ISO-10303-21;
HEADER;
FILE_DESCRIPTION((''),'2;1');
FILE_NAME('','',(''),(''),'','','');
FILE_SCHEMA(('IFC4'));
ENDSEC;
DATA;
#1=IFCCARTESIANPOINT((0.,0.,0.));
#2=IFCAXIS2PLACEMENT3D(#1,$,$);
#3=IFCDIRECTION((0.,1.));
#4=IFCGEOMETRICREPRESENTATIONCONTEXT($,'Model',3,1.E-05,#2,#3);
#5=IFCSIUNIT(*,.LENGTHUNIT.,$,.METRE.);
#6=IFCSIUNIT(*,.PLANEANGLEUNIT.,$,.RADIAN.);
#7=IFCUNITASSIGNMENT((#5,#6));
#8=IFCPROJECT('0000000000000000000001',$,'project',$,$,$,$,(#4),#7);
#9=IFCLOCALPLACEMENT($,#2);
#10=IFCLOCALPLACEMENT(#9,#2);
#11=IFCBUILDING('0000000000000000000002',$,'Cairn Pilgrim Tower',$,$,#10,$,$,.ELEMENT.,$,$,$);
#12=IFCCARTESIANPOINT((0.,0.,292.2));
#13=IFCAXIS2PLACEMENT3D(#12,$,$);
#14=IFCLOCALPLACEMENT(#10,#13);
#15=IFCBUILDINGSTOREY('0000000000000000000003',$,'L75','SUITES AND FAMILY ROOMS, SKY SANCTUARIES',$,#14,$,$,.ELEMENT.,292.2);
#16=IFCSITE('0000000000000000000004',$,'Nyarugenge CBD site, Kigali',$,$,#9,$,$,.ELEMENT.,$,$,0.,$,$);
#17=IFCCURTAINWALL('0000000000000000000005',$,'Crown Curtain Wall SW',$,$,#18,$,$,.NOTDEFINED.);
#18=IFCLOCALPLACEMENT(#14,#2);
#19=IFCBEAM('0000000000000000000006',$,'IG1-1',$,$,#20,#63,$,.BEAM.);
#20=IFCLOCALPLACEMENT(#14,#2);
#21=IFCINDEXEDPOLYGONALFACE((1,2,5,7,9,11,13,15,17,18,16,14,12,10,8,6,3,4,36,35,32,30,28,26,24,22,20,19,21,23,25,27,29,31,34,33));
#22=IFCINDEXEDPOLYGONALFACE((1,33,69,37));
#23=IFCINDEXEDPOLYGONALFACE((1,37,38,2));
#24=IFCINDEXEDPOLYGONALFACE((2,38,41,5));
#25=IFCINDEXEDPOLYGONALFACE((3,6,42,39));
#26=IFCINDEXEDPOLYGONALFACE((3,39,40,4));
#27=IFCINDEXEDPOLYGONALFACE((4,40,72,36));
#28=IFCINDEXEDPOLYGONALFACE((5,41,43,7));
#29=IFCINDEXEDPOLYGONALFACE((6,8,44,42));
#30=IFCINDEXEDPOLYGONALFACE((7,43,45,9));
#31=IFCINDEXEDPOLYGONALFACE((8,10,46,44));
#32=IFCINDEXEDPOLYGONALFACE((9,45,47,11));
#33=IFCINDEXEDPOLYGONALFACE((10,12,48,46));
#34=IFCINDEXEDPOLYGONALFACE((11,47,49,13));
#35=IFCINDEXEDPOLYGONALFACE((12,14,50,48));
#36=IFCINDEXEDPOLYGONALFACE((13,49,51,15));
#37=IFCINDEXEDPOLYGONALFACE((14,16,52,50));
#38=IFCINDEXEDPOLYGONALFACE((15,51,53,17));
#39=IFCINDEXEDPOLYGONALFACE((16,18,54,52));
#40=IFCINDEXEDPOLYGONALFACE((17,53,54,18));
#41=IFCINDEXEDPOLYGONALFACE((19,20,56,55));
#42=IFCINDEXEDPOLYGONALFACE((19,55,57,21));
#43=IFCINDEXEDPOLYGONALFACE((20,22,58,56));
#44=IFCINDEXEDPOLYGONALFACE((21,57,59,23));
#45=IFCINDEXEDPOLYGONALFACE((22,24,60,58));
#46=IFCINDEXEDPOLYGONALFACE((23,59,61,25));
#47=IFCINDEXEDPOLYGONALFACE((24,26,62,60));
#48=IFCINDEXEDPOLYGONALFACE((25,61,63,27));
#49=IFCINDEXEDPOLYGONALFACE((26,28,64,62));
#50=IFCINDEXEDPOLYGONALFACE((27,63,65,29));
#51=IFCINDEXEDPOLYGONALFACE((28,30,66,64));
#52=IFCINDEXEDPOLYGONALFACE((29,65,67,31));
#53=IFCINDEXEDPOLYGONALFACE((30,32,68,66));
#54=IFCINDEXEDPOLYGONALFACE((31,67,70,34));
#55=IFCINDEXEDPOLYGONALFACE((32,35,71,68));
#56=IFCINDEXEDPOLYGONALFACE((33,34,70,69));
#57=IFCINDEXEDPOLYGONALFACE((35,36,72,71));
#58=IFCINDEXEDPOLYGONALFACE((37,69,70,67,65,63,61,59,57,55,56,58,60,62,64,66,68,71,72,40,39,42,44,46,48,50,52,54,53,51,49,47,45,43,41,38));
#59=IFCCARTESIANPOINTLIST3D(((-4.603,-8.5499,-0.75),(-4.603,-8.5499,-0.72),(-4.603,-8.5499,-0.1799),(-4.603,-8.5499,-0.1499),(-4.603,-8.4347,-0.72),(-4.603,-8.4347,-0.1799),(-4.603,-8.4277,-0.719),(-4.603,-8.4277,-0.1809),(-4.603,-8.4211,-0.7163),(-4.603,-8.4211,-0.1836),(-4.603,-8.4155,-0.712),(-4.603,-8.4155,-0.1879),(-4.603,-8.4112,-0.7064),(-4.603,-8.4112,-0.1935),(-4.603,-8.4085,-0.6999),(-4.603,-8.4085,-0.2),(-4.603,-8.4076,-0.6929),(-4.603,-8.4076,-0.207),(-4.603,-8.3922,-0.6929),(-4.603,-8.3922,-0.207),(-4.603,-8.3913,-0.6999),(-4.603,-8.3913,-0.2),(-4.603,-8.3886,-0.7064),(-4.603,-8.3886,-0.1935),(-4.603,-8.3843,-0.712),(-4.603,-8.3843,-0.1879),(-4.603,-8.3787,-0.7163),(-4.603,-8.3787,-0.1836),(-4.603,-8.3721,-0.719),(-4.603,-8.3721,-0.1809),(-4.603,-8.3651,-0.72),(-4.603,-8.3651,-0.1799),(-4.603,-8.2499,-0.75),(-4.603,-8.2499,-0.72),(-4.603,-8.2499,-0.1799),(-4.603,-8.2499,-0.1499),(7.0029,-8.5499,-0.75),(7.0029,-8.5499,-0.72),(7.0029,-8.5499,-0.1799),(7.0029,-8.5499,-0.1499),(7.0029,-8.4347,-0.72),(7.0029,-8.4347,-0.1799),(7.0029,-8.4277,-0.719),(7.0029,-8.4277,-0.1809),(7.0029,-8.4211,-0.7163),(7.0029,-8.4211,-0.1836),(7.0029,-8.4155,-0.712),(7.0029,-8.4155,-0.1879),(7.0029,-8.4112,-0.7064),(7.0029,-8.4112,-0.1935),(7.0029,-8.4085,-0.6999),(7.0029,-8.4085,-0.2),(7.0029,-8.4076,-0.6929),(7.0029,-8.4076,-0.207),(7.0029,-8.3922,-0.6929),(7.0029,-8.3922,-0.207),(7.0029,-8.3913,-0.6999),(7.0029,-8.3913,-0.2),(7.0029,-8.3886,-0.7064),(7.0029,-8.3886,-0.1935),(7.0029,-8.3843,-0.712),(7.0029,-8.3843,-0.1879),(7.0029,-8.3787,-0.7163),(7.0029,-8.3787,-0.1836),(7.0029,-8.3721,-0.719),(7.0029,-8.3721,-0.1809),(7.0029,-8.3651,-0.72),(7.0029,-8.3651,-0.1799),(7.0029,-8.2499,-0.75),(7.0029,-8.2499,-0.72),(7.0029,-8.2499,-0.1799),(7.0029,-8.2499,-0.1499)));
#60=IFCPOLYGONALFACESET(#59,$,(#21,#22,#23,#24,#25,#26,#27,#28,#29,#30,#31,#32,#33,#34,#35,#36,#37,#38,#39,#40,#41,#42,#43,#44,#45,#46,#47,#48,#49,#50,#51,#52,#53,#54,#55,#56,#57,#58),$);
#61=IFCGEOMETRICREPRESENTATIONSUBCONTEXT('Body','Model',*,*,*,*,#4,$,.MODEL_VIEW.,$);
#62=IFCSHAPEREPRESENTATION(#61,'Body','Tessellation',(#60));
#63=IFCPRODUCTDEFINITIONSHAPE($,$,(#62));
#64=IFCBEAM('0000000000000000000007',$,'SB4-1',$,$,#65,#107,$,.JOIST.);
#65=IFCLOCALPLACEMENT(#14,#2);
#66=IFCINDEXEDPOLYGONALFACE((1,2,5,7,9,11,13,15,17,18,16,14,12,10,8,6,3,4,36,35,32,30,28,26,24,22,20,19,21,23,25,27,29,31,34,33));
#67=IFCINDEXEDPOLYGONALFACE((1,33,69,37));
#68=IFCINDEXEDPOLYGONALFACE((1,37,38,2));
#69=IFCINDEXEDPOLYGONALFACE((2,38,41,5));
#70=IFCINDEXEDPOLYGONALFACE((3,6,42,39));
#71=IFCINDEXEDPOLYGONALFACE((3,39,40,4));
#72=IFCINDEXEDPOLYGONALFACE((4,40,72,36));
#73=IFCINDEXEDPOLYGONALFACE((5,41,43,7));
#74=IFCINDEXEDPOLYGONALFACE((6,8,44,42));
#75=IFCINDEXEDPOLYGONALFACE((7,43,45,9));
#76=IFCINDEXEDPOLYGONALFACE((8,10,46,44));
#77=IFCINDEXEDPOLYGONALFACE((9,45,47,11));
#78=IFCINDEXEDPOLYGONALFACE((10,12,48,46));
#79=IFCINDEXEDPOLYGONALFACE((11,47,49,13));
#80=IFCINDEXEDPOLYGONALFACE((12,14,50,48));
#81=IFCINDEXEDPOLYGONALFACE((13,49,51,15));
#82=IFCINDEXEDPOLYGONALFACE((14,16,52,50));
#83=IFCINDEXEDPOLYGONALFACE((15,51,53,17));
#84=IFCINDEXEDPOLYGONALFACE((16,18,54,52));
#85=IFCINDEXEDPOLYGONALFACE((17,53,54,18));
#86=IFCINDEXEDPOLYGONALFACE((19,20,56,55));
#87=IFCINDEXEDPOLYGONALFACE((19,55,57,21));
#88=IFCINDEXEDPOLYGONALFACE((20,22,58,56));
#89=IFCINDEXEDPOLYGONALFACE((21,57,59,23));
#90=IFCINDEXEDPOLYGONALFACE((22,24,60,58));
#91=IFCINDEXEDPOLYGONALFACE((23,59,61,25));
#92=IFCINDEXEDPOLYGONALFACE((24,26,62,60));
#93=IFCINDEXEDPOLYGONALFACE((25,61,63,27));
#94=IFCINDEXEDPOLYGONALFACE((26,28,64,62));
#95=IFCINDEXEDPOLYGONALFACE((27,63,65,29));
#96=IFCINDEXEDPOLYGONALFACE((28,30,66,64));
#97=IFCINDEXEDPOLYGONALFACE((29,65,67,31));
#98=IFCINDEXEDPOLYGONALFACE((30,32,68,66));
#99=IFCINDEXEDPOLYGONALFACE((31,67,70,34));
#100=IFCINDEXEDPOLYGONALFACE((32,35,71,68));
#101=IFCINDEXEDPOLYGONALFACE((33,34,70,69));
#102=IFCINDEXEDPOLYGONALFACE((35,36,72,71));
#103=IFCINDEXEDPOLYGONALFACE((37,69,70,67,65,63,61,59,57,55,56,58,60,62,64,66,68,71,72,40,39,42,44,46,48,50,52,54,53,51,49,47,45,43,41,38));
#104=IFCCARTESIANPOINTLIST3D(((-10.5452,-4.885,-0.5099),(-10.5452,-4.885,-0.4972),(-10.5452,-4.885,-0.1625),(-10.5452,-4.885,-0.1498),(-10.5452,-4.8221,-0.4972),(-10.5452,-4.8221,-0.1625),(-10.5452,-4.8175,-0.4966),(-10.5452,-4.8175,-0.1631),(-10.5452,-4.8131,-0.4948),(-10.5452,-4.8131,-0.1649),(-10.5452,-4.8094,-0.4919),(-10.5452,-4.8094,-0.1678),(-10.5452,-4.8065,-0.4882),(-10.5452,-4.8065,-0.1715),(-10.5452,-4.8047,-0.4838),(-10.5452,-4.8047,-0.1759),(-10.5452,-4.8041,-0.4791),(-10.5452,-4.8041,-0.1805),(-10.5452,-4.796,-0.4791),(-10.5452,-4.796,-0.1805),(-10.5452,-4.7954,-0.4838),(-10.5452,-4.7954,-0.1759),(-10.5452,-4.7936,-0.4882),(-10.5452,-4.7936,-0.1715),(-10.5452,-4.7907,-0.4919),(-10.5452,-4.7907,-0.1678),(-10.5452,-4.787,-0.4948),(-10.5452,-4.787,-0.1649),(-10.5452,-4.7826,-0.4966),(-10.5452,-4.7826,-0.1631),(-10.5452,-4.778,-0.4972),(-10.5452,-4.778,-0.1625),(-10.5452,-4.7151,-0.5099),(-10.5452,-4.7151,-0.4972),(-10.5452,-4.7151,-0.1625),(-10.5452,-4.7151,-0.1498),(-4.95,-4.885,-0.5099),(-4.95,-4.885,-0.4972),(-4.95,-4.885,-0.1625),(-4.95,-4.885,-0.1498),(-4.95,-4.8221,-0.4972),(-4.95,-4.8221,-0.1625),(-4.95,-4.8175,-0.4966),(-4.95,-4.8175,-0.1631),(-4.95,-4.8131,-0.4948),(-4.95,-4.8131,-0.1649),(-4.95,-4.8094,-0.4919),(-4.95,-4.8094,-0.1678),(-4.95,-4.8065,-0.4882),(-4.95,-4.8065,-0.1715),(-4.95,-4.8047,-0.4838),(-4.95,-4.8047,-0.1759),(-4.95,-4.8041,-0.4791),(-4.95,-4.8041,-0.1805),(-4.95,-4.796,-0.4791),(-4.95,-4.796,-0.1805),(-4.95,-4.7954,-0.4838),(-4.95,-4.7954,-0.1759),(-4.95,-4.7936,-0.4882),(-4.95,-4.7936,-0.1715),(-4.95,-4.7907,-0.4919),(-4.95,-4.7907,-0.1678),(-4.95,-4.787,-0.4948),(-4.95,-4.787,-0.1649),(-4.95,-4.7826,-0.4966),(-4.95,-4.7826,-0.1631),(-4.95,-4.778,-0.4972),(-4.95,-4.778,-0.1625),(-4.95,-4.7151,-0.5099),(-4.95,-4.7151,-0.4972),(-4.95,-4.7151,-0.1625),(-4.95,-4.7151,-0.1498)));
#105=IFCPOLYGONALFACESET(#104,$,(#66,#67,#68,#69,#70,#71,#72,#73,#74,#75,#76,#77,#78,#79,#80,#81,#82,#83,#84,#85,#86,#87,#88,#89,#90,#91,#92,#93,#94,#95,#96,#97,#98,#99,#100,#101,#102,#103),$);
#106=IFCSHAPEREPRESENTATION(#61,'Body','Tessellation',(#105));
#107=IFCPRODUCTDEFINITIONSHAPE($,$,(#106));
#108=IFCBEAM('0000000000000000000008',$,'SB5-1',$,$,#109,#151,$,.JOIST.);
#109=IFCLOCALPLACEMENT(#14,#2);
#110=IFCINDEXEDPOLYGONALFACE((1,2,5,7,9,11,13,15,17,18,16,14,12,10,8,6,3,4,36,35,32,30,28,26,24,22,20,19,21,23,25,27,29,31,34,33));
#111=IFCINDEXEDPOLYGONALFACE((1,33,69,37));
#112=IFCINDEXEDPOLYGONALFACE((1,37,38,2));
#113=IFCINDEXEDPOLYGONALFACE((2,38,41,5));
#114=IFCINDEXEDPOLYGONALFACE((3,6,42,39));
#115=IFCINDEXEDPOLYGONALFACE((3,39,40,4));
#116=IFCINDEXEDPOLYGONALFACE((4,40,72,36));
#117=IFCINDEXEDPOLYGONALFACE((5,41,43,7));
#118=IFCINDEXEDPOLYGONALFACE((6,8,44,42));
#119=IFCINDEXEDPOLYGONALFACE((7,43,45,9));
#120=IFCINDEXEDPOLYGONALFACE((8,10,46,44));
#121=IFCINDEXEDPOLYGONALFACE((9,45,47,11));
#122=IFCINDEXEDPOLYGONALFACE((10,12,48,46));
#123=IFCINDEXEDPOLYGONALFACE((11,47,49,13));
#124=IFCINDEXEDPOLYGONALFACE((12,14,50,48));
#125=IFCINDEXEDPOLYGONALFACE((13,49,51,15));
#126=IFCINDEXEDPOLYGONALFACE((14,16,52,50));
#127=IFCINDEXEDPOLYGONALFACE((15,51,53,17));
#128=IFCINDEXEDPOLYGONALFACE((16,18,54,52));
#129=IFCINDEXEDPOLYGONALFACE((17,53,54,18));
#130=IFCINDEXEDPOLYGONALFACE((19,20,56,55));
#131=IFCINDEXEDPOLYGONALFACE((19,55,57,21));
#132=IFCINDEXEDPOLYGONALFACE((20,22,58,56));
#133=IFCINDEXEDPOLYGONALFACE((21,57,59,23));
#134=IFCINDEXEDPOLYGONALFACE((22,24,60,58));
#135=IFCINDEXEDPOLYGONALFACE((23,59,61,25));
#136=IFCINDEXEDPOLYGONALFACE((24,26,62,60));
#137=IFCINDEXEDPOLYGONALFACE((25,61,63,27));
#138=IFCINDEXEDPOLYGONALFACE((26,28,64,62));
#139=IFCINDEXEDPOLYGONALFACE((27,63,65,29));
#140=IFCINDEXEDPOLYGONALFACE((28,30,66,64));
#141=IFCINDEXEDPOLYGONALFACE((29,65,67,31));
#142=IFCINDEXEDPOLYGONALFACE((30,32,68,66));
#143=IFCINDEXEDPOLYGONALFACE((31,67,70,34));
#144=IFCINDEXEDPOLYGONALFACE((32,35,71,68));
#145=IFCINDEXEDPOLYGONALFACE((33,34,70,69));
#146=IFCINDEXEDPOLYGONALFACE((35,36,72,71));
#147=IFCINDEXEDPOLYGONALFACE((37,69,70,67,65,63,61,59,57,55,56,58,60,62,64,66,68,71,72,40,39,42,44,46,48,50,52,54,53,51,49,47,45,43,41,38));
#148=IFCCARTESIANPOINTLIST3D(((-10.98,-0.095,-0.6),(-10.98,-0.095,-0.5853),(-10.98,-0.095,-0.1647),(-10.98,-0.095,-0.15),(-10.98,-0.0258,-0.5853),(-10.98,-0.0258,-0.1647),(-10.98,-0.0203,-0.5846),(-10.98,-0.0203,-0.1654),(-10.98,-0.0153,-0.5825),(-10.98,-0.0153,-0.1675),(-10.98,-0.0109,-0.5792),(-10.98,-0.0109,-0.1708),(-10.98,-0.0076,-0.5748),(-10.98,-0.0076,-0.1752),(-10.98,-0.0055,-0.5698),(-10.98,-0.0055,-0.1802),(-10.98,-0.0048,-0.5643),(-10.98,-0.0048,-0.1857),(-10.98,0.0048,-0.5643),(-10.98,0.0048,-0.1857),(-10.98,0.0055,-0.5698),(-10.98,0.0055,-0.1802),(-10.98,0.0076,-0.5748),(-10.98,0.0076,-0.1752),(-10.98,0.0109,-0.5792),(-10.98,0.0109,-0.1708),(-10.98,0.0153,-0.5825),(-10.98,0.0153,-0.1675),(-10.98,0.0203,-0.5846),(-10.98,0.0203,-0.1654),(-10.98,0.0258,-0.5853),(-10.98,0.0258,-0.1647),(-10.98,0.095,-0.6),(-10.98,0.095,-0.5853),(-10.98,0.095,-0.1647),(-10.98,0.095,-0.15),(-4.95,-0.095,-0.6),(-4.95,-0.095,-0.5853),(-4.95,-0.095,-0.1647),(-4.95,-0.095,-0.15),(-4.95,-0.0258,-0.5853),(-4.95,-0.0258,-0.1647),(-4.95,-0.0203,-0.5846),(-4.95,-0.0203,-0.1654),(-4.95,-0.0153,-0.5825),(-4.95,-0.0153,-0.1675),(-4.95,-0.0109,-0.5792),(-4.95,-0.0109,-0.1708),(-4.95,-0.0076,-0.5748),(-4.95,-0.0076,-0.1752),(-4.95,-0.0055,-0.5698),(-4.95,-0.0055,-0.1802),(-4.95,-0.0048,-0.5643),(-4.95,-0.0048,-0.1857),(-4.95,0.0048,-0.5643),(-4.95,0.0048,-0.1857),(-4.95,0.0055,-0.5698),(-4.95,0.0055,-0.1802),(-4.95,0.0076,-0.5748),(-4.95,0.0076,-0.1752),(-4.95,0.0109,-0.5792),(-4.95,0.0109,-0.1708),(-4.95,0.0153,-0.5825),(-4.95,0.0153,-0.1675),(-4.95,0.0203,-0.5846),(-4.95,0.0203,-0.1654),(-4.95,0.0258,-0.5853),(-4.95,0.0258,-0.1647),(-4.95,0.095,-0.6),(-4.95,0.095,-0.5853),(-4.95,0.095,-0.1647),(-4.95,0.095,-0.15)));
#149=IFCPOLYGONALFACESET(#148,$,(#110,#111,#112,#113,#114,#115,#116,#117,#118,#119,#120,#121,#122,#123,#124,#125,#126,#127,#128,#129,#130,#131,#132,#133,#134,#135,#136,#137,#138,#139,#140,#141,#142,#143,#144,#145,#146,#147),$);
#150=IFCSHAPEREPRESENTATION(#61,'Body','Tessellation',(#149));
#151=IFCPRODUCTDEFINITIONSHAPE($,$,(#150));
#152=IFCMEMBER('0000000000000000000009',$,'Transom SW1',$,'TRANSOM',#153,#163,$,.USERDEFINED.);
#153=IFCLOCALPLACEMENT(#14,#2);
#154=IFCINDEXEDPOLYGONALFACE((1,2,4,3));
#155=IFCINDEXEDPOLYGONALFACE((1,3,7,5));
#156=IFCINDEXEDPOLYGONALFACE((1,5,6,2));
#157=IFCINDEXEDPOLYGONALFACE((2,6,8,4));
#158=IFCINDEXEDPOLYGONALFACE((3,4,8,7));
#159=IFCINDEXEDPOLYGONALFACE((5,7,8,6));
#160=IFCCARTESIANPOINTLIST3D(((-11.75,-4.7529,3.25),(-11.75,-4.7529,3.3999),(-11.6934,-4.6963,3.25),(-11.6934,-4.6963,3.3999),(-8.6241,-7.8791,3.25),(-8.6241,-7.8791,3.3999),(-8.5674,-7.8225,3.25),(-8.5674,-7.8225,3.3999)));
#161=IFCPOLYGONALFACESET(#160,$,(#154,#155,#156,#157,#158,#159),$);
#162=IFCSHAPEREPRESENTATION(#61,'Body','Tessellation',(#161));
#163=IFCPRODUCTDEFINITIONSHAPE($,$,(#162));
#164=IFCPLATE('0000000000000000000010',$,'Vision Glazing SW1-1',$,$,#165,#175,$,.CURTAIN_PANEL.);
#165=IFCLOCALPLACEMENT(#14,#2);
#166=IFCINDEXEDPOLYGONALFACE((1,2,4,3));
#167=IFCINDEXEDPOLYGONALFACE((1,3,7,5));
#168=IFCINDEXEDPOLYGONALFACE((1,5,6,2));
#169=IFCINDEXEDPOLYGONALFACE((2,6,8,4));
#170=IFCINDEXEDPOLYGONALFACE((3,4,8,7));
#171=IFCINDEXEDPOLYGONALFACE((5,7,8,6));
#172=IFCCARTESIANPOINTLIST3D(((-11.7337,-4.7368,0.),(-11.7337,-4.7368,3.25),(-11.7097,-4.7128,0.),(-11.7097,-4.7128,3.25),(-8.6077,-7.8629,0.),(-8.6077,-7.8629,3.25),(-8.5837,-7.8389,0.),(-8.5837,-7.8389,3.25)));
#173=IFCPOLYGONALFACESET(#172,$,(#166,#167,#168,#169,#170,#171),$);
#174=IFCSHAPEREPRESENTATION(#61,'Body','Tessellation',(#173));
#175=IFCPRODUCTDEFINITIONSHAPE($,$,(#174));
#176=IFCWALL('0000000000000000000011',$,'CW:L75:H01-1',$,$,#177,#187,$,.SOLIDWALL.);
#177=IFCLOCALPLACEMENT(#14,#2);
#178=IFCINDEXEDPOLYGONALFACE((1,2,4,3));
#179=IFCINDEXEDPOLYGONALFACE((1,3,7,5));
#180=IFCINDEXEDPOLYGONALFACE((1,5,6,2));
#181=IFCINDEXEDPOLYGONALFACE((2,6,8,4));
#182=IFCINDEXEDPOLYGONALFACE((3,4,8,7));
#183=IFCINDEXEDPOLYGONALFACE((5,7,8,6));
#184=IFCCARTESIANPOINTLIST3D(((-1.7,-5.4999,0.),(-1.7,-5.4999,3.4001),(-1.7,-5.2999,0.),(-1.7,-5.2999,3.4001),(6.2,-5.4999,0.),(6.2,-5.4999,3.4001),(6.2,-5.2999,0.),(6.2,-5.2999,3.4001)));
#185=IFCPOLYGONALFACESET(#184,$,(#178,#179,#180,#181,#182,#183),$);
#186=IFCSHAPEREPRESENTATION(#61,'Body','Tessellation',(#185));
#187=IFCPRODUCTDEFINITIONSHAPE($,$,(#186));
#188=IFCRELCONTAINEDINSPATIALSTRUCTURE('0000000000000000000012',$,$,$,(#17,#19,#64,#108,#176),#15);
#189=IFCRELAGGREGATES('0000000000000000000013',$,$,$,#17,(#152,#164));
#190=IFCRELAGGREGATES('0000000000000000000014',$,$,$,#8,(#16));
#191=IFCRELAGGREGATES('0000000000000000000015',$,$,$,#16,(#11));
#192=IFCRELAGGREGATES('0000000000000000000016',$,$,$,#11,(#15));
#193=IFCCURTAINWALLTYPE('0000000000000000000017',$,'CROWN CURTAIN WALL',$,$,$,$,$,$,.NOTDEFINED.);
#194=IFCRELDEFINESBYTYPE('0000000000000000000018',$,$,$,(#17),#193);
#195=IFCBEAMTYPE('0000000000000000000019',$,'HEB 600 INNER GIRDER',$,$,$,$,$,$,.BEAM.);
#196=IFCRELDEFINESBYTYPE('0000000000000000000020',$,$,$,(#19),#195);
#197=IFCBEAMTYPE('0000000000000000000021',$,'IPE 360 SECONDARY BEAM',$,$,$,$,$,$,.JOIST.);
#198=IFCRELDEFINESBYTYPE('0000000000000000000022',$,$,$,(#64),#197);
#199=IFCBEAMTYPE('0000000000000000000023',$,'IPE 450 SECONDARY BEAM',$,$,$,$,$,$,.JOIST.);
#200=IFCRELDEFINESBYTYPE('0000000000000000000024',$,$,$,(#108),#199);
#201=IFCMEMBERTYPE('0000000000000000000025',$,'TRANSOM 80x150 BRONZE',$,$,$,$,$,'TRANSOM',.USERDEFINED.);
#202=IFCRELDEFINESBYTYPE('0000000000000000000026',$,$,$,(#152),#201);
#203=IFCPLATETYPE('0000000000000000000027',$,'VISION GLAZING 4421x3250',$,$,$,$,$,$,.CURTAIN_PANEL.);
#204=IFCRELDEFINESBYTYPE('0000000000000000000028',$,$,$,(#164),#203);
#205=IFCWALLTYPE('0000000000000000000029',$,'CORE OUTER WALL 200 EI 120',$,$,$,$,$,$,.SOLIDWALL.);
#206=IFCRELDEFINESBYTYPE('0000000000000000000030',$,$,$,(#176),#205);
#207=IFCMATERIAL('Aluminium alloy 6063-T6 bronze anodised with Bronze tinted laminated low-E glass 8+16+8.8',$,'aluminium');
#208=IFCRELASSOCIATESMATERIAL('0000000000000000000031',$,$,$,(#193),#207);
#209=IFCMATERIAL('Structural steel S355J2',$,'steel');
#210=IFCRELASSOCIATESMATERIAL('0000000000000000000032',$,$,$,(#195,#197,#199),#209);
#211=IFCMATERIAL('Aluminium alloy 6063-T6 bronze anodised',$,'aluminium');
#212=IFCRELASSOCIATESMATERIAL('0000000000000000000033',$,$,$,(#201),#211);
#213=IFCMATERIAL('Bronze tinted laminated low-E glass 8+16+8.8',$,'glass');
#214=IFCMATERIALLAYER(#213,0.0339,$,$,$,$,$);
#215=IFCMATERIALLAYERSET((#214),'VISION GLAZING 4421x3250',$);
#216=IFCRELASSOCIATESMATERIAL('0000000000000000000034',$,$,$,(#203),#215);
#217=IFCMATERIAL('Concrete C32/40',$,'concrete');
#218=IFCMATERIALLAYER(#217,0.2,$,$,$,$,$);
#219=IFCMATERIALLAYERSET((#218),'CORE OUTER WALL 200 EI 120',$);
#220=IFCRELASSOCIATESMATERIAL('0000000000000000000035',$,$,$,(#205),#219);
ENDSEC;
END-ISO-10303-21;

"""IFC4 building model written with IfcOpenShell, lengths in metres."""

from ifc_helpers import new_model, si_unit, direction, frame, frame_2d, origin, origin_2d, place, context, subcontext, project, spatial, rectangle, i_section, extrude, material, layer, layer_set, material_profile, profile_set, type_object, element, aggregate, save


model = new_model("IFC4")

# Units and contexts
model_context = context("Model", 3, precision=1e-05, world=origin(), true_north=direction((0.0, 1.0)))
body_context = subcontext(model_context, "Body", "Model", "MODEL_VIEW")
ifc_project = project(units=[si_unit("LENGTHUNIT", "METRE"), si_unit("PLANEANGLEUNIT", "RADIAN")], contexts=[model_context])

# Site, building, storey
site_placement = place(None, origin())
site = spatial("IfcSite", under=ifc_project, at=site_placement, Name="Nyarugenge CBD site, Kigali", CompositionType="ELEMENT", RefElevation=0.0)
building_placement = place(site_placement, origin())
building = spatial("IfcBuilding", under=site, at=building_placement, Name="Cairn Pilgrim Tower", CompositionType="ELEMENT")
storey_placement = place(building_placement, frame((0.0, 0.0, 292.2)))
storey = spatial("IfcBuildingStorey", under=building, at=storey_placement, Name="L75", Description="SUITES AND FAMILY ROOMS, SKY SANCTUARIES", CompositionType="ELEMENT", Elevation=292.2)

# Shared definitions
ifc_material_1 = material(Name="Structural steel S355J2", Category="steel")

# Shared definitions
ifc_material_2 = material(Name="Aluminium alloy 6063-T6 bronze anodised with Bronze tinted laminated low-E glass 8+16+8.8", Category="aluminium")
curtain_wall_type = type_object("IfcCurtainWallType", Name="CROWN CURTAIN WALL", PredefinedType="NOTDEFINED", material=ifc_material_2)
ifc_material_3 = material(Name="Aluminium alloy 6063-T6 bronze anodised", Category="aluminium")

# Curtain wall
curtain_wall_1_placement = place(storey_placement, origin())
curtain_wall_1 = element("IfcCurtainWall", 1, at=curtain_wall_1_placement, inside=storey, type_object=curtain_wall_type, Name="Crown Curtain Wall SW", PredefinedType="NOTDEFINED")

# Beams
ifc_material_profile_1 = material_profile(ifc_material_1, i_section(OverallWidth=0.3, OverallDepth=0.6001, WebThickness=0.0154, FlangeThickness=0.03, FilletRadius=0.0271, at=origin_2d()), Name="HEB 600")
ifc_profile_set_1 = profile_set([ifc_material_profile_1], Name="Structural steel S355J2")
beam_type_1 = type_object("IfcBeamType", Name="HEB 600 INNER GIRDER", PredefinedType="BEAM", material=ifc_profile_set_1)
beam_1_placement = place(storey_placement, frame((-4.603, -8.3999, -0.45), z_axis=(1.0, 0.0, 0.0), x_axis=(0.0, 1.0, 0.0)))
element("IfcBeam", 2, at=beam_1_placement, inside=storey, type_object=beam_type_1, Name="IG1-1", PredefinedType="BEAM", context=body_context, shape_type="SweptSolid", body=[
    extrude(i_section(OverallWidth=0.3, OverallDepth=0.6001, WebThickness=0.0154, FlangeThickness=0.03, FilletRadius=0.0271, at=origin_2d()), origin(), (0.0, 0.0, 1.0), 11.606),
])
ifc_material_profile_2 = material_profile(ifc_material_1, i_section(OverallWidth=0.1699, OverallDepth=0.3601, WebThickness=0.0081, FlangeThickness=0.0127, FilletRadius=0.0181, at=origin_2d()), Name="IPE 360")
ifc_profile_set_2 = profile_set([ifc_material_profile_2], Name="Structural steel S355J2")
beam_type_2 = type_object("IfcBeamType", Name="IPE 360 SECONDARY BEAM", PredefinedType="JOIST", material=ifc_profile_set_2)
beam_2_placement = place(storey_placement, frame((-10.5452, -4.8, -0.3298), z_axis=(1.0, 0.0, 0.0), x_axis=(0.0, 1.0, 0.0)))
element("IfcBeam", 3, at=beam_2_placement, inside=storey, type_object=beam_type_2, Name="SB4-1", PredefinedType="JOIST", context=body_context, shape_type="SweptSolid", body=[
    extrude(i_section(OverallWidth=0.1699, OverallDepth=0.3601, WebThickness=0.0081, FlangeThickness=0.0127, FilletRadius=0.0181, at=origin_2d()), origin(), (0.0, 0.0, 1.0), 5.5952),
])
ifc_material_profile_3 = material_profile(ifc_material_1, i_section(OverallWidth=0.1899, OverallDepth=0.45, WebThickness=0.0095, FlangeThickness=0.0146, FilletRadius=0.021, at=origin_2d()), Name="IPE 450")
ifc_profile_set_3 = profile_set([ifc_material_profile_3], Name="Structural steel S355J2")
beam_type_3 = type_object("IfcBeamType", Name="IPE 450 SECONDARY BEAM", PredefinedType="JOIST", material=ifc_profile_set_3)
beam_3_placement = place(storey_placement, frame((-10.98, 0.0, -0.375), z_axis=(1.0, 0.0, 0.0), x_axis=(0.0, 1.0, 0.0)))
element("IfcBeam", 4, at=beam_3_placement, inside=storey, type_object=beam_type_3, Name="SB5-1", PredefinedType="JOIST", context=body_context, shape_type="SweptSolid", body=[
    extrude(i_section(OverallWidth=0.1899, OverallDepth=0.45, WebThickness=0.0095, FlangeThickness=0.0146, FilletRadius=0.021, at=origin_2d()), origin(), (0.0, 0.0, 1.0), 6.03),
])

# Member
ifc_material_profile_4 = material_profile(ifc_material_3, rectangle(XDim=0.0801, YDim=0.1499, at=origin_2d()), Name="TRANSOM 80x150 BRONZE")
ifc_profile_set_4 = profile_set([ifc_material_profile_4], Name="Aluminium alloy 6063-T6 bronze anodised")
member_type_1 = type_object("IfcMemberType", Name="TRANSOM 80x150 BRONZE", ElementType="TRANSOM", PredefinedType="USERDEFINED", material=ifc_profile_set_4)
member_1_placement = place(storey_placement, frame((-11.7217, -4.7246, 3.325), z_axis=(0.707079, -0.707134, 0.0), x_axis=(0.707134, 0.707079, 0.0)))
member_1 = element("IfcMember", 5, at=member_1_placement, type_object=member_type_1, Name="Transom SW1", ObjectType="TRANSOM", PredefinedType="USERDEFINED", context=body_context, shape_type="SweptSolid", body=[
    extrude(rectangle(XDim=0.0801, YDim=0.1499, at=origin_2d()), origin(), (0.0, 0.0, 1.0), 4.4209),
])

# Plate
ifc_material_4 = material(Name="Bronze tinted laminated low-E glass 8+16+8.8", Category="glass")
ifc_layer_1 = layer(ifc_material_4, 0.0339)
ifc_layer_set_1 = layer_set([ifc_layer_1], Name="VISION GLAZING 4421x3250")
plate_type = type_object("IfcPlateType", Name="VISION GLAZING 4421x3250", PredefinedType="CURTAIN_PANEL", material=ifc_layer_set_1)
plate_placement = place(storey_placement, frame((-10.1587, -6.2878, 0.0), z_axis=(0.0, 0.0, 1.0), x_axis=(0.707107, -0.707107, 0.0)))
plate = element("IfcPlate", 6, at=plate_placement, type_object=plate_type, Name="Vision Glazing SW1-1", PredefinedType="CURTAIN_PANEL", context=body_context, shape_type="SweptSolid", body=[
    extrude(rectangle(XDim=4.4209, YDim=0.0339, at=origin_2d()), origin(), (0.0, 0.0, 1.0), 3.25),
])
aggregate(curtain_wall_1, [member_1, plate])

# Wall
ifc_material_5 = material(Name="Concrete C32/40", Category="concrete")
ifc_layer_2 = layer(ifc_material_5, 0.2)
ifc_layer_set_2 = layer_set([ifc_layer_2], Name="CORE OUTER WALL 200 EI 120")
wall_type_1 = type_object("IfcWallType", Name="CORE OUTER WALL 200 EI 120", PredefinedType="SOLIDWALL", material=ifc_layer_set_2)
wall_1_placement = place(storey_placement, frame((-1.7, -5.3999, 0.0), z_axis=(0.0, 0.0, 1.0), x_axis=(1.0, 0.0, 0.0)))
element("IfcWall", 7, at=wall_1_placement, inside=storey, type_object=wall_type_1, Name="CW:L75:H01-1", PredefinedType="SOLIDWALL", context=body_context, shape_type="SweptSolid", body=[
    extrude(rectangle(XDim=7.8999, YDim=0.2, at=frame_2d((3.95, 0.0))), origin(), (0.0, 0.0, 1.0), 3.4001),
])

save(model, "model.ifc")
